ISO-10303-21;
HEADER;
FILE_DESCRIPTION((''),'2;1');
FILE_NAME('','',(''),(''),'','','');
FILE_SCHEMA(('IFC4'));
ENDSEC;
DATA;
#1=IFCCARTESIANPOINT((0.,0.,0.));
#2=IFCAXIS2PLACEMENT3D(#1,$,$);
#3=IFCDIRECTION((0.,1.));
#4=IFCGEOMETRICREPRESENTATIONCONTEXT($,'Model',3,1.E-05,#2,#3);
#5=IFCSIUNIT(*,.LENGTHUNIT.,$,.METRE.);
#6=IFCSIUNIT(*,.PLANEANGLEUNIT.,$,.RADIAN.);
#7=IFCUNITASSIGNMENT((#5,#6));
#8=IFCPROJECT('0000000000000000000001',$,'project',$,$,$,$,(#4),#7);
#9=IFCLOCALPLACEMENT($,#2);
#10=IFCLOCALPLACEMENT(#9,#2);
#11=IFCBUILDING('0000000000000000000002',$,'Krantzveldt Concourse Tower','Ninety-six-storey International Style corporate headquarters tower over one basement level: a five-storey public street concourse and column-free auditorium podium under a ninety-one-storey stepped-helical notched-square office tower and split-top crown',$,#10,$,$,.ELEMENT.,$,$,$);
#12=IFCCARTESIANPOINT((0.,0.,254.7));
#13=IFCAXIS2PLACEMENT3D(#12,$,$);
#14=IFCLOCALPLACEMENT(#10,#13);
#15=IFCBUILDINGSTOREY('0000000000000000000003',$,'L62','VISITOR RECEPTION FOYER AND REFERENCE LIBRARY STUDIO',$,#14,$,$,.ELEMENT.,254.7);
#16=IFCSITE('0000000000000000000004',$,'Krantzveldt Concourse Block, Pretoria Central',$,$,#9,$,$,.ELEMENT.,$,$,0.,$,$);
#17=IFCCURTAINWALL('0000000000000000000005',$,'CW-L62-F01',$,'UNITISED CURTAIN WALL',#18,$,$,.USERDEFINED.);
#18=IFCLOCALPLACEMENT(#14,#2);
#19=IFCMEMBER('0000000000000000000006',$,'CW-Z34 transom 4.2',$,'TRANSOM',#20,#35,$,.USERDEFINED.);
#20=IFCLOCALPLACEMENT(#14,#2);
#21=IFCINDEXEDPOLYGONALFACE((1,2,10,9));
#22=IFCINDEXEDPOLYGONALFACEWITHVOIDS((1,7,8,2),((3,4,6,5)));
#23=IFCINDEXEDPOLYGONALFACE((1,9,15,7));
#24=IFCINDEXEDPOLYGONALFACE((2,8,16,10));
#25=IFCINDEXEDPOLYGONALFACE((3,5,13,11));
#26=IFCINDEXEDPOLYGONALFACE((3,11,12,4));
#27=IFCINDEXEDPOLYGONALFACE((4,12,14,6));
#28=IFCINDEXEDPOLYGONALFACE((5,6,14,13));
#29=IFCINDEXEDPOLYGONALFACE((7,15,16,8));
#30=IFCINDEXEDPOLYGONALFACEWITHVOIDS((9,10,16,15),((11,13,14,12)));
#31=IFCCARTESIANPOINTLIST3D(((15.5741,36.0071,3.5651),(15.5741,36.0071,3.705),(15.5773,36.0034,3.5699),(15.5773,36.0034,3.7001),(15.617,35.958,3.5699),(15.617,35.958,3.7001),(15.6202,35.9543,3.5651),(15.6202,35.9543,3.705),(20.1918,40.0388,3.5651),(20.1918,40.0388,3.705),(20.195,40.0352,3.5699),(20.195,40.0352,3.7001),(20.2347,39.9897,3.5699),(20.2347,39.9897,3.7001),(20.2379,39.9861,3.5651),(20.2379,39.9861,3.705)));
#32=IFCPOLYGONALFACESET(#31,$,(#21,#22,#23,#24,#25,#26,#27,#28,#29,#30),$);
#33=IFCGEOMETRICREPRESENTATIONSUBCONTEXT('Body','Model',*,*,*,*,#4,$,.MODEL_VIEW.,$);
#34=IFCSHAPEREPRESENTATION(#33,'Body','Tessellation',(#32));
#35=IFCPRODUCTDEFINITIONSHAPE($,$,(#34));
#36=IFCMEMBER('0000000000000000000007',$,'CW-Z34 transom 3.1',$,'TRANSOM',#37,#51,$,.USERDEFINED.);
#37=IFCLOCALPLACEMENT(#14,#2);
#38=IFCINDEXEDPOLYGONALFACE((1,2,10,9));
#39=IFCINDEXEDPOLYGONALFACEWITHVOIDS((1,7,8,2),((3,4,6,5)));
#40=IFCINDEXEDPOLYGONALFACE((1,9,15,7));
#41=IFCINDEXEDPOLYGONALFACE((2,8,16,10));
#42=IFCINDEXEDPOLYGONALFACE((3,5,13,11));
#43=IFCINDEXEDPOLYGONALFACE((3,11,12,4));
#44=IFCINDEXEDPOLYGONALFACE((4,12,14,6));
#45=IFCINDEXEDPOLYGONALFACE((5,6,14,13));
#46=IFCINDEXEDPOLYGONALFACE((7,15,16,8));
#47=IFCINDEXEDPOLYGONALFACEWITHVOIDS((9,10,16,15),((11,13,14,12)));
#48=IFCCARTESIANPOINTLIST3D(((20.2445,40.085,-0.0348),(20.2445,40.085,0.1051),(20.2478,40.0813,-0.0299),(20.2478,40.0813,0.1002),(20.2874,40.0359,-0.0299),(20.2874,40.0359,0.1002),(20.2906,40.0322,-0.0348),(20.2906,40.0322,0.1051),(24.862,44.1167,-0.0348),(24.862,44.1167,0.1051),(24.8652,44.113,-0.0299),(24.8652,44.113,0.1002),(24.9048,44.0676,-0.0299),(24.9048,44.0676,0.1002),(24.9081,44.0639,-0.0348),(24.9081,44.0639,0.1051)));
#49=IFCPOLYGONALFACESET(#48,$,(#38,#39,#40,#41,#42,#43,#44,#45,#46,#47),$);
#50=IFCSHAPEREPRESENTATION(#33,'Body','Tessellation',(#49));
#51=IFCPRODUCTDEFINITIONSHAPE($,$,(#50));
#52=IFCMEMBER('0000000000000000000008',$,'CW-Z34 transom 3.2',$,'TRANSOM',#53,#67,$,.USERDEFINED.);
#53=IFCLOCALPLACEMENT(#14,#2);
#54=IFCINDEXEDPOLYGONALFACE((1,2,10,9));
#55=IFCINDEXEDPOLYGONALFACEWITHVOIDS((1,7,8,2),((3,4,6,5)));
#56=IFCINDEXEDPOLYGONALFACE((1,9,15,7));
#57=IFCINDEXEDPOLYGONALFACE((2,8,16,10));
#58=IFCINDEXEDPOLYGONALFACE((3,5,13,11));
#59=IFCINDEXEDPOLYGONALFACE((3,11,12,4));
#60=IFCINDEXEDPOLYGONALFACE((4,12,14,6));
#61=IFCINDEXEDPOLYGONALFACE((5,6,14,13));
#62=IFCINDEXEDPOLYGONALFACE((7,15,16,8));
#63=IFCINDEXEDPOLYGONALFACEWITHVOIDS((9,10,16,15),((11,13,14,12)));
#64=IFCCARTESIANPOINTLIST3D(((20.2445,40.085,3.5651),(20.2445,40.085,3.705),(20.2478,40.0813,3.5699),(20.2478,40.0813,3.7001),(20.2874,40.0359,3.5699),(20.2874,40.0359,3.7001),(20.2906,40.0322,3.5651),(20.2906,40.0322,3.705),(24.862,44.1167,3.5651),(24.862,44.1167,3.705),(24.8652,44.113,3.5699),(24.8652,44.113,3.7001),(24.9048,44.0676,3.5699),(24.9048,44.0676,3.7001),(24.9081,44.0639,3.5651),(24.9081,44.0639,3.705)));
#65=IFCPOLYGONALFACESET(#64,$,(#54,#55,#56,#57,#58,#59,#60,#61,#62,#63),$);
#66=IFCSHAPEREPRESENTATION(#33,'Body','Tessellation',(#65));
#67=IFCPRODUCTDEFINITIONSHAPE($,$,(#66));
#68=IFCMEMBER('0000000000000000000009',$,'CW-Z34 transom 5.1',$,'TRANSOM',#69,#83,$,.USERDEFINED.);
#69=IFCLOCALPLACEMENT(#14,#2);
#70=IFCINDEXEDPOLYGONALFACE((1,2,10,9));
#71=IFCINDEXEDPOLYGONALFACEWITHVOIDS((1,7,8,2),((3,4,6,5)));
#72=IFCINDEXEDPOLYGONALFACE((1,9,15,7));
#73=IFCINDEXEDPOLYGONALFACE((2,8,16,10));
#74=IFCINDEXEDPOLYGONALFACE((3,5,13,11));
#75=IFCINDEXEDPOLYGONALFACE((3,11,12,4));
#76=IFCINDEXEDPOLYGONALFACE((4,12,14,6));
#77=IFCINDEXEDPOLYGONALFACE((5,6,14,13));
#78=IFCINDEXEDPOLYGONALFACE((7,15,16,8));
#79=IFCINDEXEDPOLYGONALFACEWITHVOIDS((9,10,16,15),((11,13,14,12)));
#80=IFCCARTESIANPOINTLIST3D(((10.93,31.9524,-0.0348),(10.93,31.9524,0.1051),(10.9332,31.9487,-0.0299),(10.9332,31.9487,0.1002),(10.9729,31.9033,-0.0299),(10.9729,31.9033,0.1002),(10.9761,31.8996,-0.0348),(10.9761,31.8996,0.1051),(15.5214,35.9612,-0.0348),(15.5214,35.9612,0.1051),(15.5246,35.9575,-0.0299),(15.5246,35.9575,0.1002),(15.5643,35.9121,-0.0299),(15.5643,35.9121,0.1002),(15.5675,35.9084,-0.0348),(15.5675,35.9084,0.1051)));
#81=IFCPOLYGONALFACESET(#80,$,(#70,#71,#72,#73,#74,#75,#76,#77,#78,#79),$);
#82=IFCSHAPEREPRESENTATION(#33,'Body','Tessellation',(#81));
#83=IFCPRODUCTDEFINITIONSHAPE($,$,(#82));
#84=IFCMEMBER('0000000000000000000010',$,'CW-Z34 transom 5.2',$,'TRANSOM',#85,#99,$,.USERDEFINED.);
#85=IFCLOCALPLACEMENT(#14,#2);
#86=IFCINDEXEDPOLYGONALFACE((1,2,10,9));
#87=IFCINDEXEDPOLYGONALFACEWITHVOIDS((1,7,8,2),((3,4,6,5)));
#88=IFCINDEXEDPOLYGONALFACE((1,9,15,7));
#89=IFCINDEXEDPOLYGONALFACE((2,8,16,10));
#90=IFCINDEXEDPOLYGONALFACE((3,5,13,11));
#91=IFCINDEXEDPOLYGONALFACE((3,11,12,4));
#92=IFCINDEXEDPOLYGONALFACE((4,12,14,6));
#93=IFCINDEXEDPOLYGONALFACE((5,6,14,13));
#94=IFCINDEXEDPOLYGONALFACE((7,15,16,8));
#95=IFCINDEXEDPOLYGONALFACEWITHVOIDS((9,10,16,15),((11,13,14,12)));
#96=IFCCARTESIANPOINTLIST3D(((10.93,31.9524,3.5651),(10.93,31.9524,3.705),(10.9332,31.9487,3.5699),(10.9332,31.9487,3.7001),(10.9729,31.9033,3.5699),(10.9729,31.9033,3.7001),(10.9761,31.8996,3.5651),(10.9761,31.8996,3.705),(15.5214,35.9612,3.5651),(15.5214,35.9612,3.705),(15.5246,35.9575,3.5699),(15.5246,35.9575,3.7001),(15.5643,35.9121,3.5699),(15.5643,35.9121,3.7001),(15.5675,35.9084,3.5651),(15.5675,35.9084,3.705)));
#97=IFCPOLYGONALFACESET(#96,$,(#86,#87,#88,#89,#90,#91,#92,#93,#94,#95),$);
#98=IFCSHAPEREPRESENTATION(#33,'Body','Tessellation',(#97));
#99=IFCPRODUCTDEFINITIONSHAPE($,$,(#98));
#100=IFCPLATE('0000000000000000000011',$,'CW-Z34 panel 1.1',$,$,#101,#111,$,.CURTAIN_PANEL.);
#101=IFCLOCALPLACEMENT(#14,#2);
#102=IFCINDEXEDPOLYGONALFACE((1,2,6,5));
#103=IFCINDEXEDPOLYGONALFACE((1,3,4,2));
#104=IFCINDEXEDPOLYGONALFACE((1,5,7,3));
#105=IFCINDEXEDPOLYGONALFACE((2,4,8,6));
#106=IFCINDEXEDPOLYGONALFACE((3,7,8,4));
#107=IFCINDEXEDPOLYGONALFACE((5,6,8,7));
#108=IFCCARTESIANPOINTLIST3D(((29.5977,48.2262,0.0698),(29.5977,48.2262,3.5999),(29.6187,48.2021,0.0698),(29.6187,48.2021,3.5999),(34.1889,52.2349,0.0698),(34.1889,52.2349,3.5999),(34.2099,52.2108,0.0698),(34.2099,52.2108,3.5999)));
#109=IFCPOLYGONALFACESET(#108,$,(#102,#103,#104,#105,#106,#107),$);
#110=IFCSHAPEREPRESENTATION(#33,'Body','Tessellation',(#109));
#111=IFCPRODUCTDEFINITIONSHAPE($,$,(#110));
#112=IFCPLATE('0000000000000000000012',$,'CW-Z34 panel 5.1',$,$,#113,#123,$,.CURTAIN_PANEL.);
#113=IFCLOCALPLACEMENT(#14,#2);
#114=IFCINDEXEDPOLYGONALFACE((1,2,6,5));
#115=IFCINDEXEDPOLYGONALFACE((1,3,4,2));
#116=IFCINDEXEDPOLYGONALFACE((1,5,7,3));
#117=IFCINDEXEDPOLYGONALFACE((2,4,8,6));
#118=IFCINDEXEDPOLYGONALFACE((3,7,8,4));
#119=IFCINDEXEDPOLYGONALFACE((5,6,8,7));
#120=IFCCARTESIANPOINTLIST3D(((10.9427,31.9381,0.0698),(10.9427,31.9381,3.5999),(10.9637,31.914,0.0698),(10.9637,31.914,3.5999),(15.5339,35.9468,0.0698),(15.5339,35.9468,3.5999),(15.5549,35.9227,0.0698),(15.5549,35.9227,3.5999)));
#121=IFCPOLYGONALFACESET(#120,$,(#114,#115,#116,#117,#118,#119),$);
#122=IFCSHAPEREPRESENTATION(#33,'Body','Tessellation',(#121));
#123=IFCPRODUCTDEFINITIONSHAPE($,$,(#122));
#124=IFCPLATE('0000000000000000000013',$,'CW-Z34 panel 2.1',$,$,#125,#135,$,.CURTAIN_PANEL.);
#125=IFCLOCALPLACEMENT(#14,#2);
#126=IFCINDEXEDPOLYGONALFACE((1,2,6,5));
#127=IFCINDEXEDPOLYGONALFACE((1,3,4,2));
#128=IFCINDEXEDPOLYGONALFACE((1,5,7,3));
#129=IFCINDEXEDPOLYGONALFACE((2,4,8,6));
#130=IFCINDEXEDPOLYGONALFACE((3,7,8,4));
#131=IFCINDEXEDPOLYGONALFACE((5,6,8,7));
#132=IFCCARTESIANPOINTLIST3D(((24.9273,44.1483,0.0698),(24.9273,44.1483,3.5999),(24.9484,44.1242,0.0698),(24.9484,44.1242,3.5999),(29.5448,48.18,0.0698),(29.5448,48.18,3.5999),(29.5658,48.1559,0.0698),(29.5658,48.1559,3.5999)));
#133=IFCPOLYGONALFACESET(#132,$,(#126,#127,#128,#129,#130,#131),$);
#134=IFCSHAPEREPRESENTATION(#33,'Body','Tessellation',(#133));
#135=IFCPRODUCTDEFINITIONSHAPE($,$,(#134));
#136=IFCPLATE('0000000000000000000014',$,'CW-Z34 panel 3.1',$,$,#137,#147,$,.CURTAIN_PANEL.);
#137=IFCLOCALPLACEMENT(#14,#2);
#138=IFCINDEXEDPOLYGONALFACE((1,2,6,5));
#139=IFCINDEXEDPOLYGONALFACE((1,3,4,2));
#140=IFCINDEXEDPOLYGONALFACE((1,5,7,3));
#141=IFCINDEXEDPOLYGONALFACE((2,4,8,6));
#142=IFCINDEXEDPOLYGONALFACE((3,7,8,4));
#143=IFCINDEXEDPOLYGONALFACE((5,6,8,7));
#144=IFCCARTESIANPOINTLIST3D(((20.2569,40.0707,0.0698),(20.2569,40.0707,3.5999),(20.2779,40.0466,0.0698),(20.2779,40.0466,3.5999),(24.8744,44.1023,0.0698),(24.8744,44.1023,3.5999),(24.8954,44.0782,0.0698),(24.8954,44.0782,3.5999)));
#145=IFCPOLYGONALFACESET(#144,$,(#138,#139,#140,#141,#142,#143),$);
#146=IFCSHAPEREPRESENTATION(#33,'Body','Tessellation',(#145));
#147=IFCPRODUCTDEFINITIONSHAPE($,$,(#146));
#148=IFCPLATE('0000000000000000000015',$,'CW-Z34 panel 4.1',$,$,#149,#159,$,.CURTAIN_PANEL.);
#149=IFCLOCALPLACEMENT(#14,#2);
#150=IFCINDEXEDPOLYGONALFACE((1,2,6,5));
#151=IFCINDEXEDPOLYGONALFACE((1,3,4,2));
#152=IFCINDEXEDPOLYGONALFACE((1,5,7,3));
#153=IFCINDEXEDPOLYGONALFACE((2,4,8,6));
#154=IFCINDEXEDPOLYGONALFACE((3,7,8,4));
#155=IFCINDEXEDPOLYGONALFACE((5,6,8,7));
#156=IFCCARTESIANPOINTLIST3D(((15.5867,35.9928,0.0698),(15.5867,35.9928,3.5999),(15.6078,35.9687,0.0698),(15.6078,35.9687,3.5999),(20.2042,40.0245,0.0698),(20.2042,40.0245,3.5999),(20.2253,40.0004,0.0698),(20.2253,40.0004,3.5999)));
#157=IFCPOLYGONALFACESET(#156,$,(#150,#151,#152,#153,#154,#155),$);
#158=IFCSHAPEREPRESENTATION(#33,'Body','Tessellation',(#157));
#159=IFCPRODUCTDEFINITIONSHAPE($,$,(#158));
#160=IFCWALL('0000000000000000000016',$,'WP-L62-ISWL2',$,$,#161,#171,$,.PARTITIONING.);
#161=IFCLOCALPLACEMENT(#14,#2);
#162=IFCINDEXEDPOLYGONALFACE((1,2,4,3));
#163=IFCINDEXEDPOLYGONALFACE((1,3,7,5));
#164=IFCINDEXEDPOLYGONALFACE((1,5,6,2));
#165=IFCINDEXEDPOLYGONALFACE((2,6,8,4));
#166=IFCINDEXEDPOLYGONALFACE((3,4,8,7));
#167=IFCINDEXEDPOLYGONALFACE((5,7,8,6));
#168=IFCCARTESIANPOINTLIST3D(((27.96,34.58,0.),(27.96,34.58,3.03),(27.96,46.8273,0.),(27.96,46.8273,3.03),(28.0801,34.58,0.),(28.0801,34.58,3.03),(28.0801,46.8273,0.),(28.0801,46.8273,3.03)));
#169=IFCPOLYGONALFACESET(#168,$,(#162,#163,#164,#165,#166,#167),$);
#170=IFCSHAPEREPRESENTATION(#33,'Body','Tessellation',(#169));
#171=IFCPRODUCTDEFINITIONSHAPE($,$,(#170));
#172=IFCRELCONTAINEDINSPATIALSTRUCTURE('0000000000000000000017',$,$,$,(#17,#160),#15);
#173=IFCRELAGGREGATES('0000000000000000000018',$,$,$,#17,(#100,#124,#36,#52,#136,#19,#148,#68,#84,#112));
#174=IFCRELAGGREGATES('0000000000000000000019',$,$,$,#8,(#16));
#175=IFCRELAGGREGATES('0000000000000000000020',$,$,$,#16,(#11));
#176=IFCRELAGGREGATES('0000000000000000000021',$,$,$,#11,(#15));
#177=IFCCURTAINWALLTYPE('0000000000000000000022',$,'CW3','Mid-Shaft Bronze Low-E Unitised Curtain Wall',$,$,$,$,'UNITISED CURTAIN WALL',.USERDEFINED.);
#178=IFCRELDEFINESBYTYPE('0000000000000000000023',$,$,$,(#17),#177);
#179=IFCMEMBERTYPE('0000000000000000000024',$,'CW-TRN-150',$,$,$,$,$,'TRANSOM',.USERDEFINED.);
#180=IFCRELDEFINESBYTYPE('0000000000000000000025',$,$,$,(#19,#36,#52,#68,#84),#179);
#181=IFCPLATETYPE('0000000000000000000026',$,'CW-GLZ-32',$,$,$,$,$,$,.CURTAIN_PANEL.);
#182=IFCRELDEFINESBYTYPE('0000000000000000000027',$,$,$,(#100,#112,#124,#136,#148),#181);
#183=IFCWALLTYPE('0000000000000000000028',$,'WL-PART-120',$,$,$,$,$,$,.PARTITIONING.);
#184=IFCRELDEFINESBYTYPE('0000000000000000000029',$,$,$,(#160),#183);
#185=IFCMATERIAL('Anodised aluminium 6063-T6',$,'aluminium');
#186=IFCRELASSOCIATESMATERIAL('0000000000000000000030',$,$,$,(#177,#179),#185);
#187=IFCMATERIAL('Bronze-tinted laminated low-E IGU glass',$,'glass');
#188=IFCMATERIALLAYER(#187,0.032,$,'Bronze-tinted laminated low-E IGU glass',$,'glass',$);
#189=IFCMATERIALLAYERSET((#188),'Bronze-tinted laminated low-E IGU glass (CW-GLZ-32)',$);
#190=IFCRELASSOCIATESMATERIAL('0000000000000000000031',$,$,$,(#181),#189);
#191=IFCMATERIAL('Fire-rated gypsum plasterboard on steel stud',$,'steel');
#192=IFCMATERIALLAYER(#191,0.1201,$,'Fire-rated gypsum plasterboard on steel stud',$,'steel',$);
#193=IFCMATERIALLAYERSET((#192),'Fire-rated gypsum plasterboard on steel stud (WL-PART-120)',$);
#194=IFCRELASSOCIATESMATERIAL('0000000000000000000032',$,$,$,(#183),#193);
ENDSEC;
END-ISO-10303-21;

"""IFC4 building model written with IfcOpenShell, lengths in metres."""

from ifc_helpers import new_model, si_unit, direction, frame, frame_2d, origin, origin_2d, place, context, subcontext, project, spatial, rectangle, hollow_rectangle, extrude, source, transform, mapped, material, layer, layer_set, material_profile, profile_set, type_object, type_shapes, element, aggregate, save


model = new_model("IFC4")

# Units and contexts
model_context = context("Model", 3, precision=1e-05, world=origin(), true_north=direction((0.0, 1.0)))
body_context = subcontext(model_context, "Body", "Model", "MODEL_VIEW")
ifc_project = project(units=[si_unit("LENGTHUNIT", "METRE"), si_unit("PLANEANGLEUNIT", "RADIAN")], contexts=[model_context])

# Site, building, storey
site_placement = place(None, origin())
site = spatial("IfcSite", under=ifc_project, at=site_placement, Name="Krantzveldt Concourse Block, Pretoria Central", CompositionType="ELEMENT", RefElevation=0.0)
building_placement = place(site_placement, origin())
building = spatial("IfcBuilding", under=site, at=building_placement, Name="Krantzveldt Concourse Tower", Description="Ninety-six-storey International Style corporate headquarters tower over one basement level: a five-storey public street concourse and column-free auditorium podium under a ninety-one-storey stepped-helical notched-square office tower and split-top crown", CompositionType="ELEMENT")
storey_placement = place(building_placement, frame((0.0, 0.0, 254.7)))
storey = spatial("IfcBuildingStorey", under=building, at=storey_placement, Name="L62", Description="VISITOR RECEPTION FOYER AND REFERENCE LIBRARY STUDIO", CompositionType="ELEMENT", Elevation=254.7)

# Curtain wall, members, plates
ifc_material_1 = material(Name="Anodised aluminium 6063-T6", Category="aluminium")
curtain_wall_type = type_object("IfcCurtainWallType", Name="CW3", Description="Mid-Shaft Bronze Low-E Unitised Curtain Wall", ElementType="UNITISED CURTAIN WALL", PredefinedType="USERDEFINED", material=ifc_material_1)
curtain_wall_placement = place(storey_placement, origin())
curtain_wall = element("IfcCurtainWall", 1, at=curtain_wall_placement, inside=storey, type_object=curtain_wall_type, Name="CW-L62-F01", ObjectType="UNITISED CURTAIN WALL", PredefinedType="USERDEFINED")
ifc_material_profile_1 = material_profile(ifc_material_1, hollow_rectangle(XDim=0.0701, YDim=0.1399, WallThickness=0.0049, at=origin_2d()), Name="Anodised aluminium 6063-T6", Category="aluminium")
ifc_profile_set_1 = profile_set([ifc_material_profile_1], Name="Anodised aluminium 6063-T6 - ALU-TRAN 140x70x5")
member_type_1 = type_object("IfcMemberType", Name="CW-TRN-150", ElementType="TRANSOM", PredefinedType="USERDEFINED", material=ifc_profile_set_1)
shared_shape_1 = source(origin(), body_context, "Body", "SweptSolid", [
    extrude(hollow_rectangle(XDim=0.0701, YDim=0.1399, WallThickness=0.0049, at=origin_2d()), origin(), (0.0, 0.0, 1.0), 6.1301),
])
member_1_placement = place(storey_placement, frame((20.2148, 40.0125, 3.635), z_axis=(-0.753282, -0.657698, 0.0), x_axis=(0.657698, -0.753282, 0.0)))
member_1 = element("IfcMember", 2, at=member_1_placement, type_object=member_type_1, Name="CW-Z34 transom 4.2", ObjectType="TRANSOM", PredefinedType="USERDEFINED", context=body_context, shape_type="MappedRepresentation", body=[
    mapped(shared_shape_1, transform((0.0, 0.0, 0.0), x_axis=(1.0, 0.0, 0.0), y_axis=(0.0, 1.0, 0.0), z_axis=(0.0, 0.0, 1.0), scale=1.0)),
])
shared_shape_2 = source(origin(), body_context, "Body", "SweptSolid", [
    extrude(hollow_rectangle(XDim=0.0701, YDim=0.1399, WallThickness=0.0049, at=origin_2d()), origin(), (0.0, 0.0, 1.0), 6.1299),
])
member_2_placement = place(storey_placement, frame((24.885, 44.0903, 0.0352), z_axis=(-0.753265, -0.657718, 0.0), x_axis=(0.657718, -0.753265, 0.0)))
member_2 = element("IfcMember", 3, at=member_2_placement, type_object=member_type_1, Name="CW-Z34 transom 3.1", ObjectType="TRANSOM", PredefinedType="USERDEFINED", context=body_context, shape_type="MappedRepresentation", body=[
    mapped(shared_shape_2, transform((0.0, 0.0, 0.0), x_axis=(1.0, 0.0, 0.0), y_axis=(0.0, 1.0, 0.0), z_axis=(0.0, 0.0, 1.0), scale=1.0)),
])
member_3_placement = place(storey_placement, frame((24.885, 44.0903, 3.635), z_axis=(-0.753265, -0.657718, 0.0), x_axis=(0.657718, -0.753265, 0.0)))
member_3 = element("IfcMember", 4, at=member_3_placement, type_object=member_type_1, Name="CW-Z34 transom 3.2", ObjectType="TRANSOM", PredefinedType="USERDEFINED", context=body_context, shape_type="MappedRepresentation", body=[
    mapped(shared_shape_2, transform((0.0, 0.0, 0.0), x_axis=(1.0, 0.0, 0.0), y_axis=(0.0, 1.0, 0.0), z_axis=(0.0, 0.0, 1.0), scale=1.0)),
])
shared_shape_3 = source(origin(), body_context, "Body", "SweptSolid", [
    extrude(hollow_rectangle(XDim=0.0701, YDim=0.1399, WallThickness=0.0049, at=origin_2d()), origin(), (0.0, 0.0, 1.0), 6.0952),
])
type_shapes(member_type_1, [shared_shape_1, shared_shape_2, shared_shape_3])
member_4_placement = place(storey_placement, frame((15.5444, 35.9348, 0.0352), z_axis=(-0.753276, -0.657705, 0.0), x_axis=(0.657705, -0.753276, 0.0)))
member_4 = element("IfcMember", 5, at=member_4_placement, type_object=member_type_1, Name="CW-Z34 transom 5.1", ObjectType="TRANSOM", PredefinedType="USERDEFINED", context=body_context, shape_type="MappedRepresentation", body=[
    mapped(shared_shape_3, transform((0.0, 0.0, 0.0), x_axis=(1.0, 0.0, 0.0), y_axis=(0.0, 1.0, 0.0), z_axis=(0.0, 0.0, 1.0), scale=1.0)),
])
member_5_placement = place(storey_placement, frame((15.5444, 35.9348, 3.635), z_axis=(-0.753276, -0.657705, 0.0), x_axis=(0.657705, -0.753276, 0.0)))
member_5 = element("IfcMember", 6, at=member_5_placement, type_object=member_type_1, Name="CW-Z34 transom 5.2", ObjectType="TRANSOM", PredefinedType="USERDEFINED", context=body_context, shape_type="MappedRepresentation", body=[
    mapped(shared_shape_3, transform((0.0, 0.0, 0.0), x_axis=(1.0, 0.0, 0.0), y_axis=(0.0, 1.0, 0.0), z_axis=(0.0, 0.0, 1.0), scale=1.0)),
])
ifc_material_2 = material(Name="Bronze-tinted laminated low-E IGU glass", Category="glass")
ifc_layer_1 = layer(ifc_material_2, 0.032, Name="Bronze-tinted laminated low-E IGU glass", Category="glass")
ifc_layer_set_1 = layer_set([ifc_layer_1], Name="Bronze-tinted laminated low-E IGU glass (CW-GLZ-32)")
plate_type = type_object("IfcPlateType", Name="CW-GLZ-32", PredefinedType="CURTAIN_PANEL", material=ifc_layer_set_1)
shared_shape_4 = source(origin(), body_context, "Body", "SweptSolid", [
    extrude(rectangle(XDim=6.095, YDim=0.032, at=origin_2d()), origin(), (0.0, 0.0, 1.0), 3.53),
])
plate_1_placement = place(storey_placement, frame((31.9038, 50.2185, 0.0698), z_axis=(0.0, 0.0, 1.0), x_axis=(-0.753277, -0.657704, 0.0)))
plate_1 = element("IfcPlate", 7, at=plate_1_placement, type_object=plate_type, Name="CW-Z34 panel 1.1", PredefinedType="CURTAIN_PANEL", context=body_context, shape_type="MappedRepresentation", body=[
    mapped(shared_shape_4, transform((0.0, 0.0, 0.0), x_axis=(1.0, 0.0, 0.0), y_axis=(0.0, 1.0, 0.0), z_axis=(0.0, 0.0, 1.0), scale=1.0)),
])
plate_2_placement = place(storey_placement, frame((13.2488, 33.9304, 0.0698), z_axis=(0.0, 0.0, 1.0), x_axis=(-0.753277, -0.657704, 0.0)))
plate_2 = element("IfcPlate", 8, at=plate_2_placement, type_object=plate_type, Name="CW-Z34 panel 5.1", PredefinedType="CURTAIN_PANEL", context=body_context, shape_type="MappedRepresentation", body=[
    mapped(shared_shape_4, transform((0.0, 0.0, 0.0), x_axis=(1.0, 0.0, 0.0), y_axis=(0.0, 1.0, 0.0), z_axis=(0.0, 0.0, 1.0), scale=1.0)),
])
shared_shape_5 = source(origin(), body_context, "Body", "SweptSolid", [
    extrude(rectangle(XDim=6.1299, YDim=0.032, at=origin_2d()), origin(), (0.0, 0.0, 1.0), 3.53),
])
type_shapes(plate_type, [shared_shape_4, shared_shape_5])
plate_3_placement = place(storey_placement, frame((27.2466, 46.1521, 0.0698), z_axis=(0.0, 0.0, 1.0), x_axis=(-0.753277, -0.657704, 0.0)))
plate_3 = element("IfcPlate", 9, at=plate_3_placement, type_object=plate_type, Name="CW-Z34 panel 2.1", PredefinedType="CURTAIN_PANEL", context=body_context, shape_type="MappedRepresentation", body=[
    mapped(shared_shape_5, transform((0.0, 0.0, 0.0), x_axis=(1.0, 0.0, 0.0), y_axis=(0.0, 1.0, 0.0), z_axis=(0.0, 0.0, 1.0), scale=1.0)),
])
plate_4_placement = place(storey_placement, frame((22.5762, 42.0745, 0.0698), z_axis=(0.0, 0.0, 1.0), x_axis=(-0.753277, -0.657704, 0.0)))
plate_4 = element("IfcPlate", 10, at=plate_4_placement, type_object=plate_type, Name="CW-Z34 panel 3.1", PredefinedType="CURTAIN_PANEL", context=body_context, shape_type="MappedRepresentation", body=[
    mapped(shared_shape_5, transform((0.0, 0.0, 0.0), x_axis=(1.0, 0.0, 0.0), y_axis=(0.0, 1.0, 0.0), z_axis=(0.0, 0.0, 1.0), scale=1.0)),
])
plate_5_placement = place(storey_placement, frame((17.906, 37.9966, 0.0698), z_axis=(0.0, 0.0, 1.0), x_axis=(-0.753277, -0.657704, 0.0)))
plate_5 = element("IfcPlate", 11, at=plate_5_placement, type_object=plate_type, Name="CW-Z34 panel 4.1", PredefinedType="CURTAIN_PANEL", context=body_context, shape_type="MappedRepresentation", body=[
    mapped(shared_shape_5, transform((0.0, 0.0, 0.0), x_axis=(1.0, 0.0, 0.0), y_axis=(0.0, 1.0, 0.0), z_axis=(0.0, 0.0, 1.0), scale=1.0)),
])
aggregate(curtain_wall, [plate_1, plate_3, member_2, member_3, plate_4, member_1, plate_5, member_4, member_5, plate_2])

# Wall
ifc_material_3 = material(Name="Fire-rated gypsum plasterboard on steel stud", Category="steel")
ifc_layer_2 = layer(ifc_material_3, 0.1201, Name="Fire-rated gypsum plasterboard on steel stud", Category="steel")
ifc_layer_set_2 = layer_set([ifc_layer_2], Name="Fire-rated gypsum plasterboard on steel stud (WL-PART-120)")
wall_type_1 = type_object("IfcWallType", Name="WL-PART-120", PredefinedType="PARTITIONING", material=ifc_layer_set_2)
wall_1_placement = place(storey_placement, frame((28.02, 34.5801, 0.0), z_axis=(0.0, 0.0, 1.0), x_axis=(0.0, 1.0, 0.0)))
element("IfcWall", 12, at=wall_1_placement, inside=storey, type_object=wall_type_1, Name="WP-L62-ISWL2", PredefinedType="PARTITIONING", context=body_context, shape_type="SweptSolid", body=[
    extrude(rectangle(XDim=12.2473, YDim=0.1201, at=frame_2d((6.1235, 0.0))), origin(), (0.0, 0.0, 1.0), 3.03),
])

save(model, "model.ifc")
